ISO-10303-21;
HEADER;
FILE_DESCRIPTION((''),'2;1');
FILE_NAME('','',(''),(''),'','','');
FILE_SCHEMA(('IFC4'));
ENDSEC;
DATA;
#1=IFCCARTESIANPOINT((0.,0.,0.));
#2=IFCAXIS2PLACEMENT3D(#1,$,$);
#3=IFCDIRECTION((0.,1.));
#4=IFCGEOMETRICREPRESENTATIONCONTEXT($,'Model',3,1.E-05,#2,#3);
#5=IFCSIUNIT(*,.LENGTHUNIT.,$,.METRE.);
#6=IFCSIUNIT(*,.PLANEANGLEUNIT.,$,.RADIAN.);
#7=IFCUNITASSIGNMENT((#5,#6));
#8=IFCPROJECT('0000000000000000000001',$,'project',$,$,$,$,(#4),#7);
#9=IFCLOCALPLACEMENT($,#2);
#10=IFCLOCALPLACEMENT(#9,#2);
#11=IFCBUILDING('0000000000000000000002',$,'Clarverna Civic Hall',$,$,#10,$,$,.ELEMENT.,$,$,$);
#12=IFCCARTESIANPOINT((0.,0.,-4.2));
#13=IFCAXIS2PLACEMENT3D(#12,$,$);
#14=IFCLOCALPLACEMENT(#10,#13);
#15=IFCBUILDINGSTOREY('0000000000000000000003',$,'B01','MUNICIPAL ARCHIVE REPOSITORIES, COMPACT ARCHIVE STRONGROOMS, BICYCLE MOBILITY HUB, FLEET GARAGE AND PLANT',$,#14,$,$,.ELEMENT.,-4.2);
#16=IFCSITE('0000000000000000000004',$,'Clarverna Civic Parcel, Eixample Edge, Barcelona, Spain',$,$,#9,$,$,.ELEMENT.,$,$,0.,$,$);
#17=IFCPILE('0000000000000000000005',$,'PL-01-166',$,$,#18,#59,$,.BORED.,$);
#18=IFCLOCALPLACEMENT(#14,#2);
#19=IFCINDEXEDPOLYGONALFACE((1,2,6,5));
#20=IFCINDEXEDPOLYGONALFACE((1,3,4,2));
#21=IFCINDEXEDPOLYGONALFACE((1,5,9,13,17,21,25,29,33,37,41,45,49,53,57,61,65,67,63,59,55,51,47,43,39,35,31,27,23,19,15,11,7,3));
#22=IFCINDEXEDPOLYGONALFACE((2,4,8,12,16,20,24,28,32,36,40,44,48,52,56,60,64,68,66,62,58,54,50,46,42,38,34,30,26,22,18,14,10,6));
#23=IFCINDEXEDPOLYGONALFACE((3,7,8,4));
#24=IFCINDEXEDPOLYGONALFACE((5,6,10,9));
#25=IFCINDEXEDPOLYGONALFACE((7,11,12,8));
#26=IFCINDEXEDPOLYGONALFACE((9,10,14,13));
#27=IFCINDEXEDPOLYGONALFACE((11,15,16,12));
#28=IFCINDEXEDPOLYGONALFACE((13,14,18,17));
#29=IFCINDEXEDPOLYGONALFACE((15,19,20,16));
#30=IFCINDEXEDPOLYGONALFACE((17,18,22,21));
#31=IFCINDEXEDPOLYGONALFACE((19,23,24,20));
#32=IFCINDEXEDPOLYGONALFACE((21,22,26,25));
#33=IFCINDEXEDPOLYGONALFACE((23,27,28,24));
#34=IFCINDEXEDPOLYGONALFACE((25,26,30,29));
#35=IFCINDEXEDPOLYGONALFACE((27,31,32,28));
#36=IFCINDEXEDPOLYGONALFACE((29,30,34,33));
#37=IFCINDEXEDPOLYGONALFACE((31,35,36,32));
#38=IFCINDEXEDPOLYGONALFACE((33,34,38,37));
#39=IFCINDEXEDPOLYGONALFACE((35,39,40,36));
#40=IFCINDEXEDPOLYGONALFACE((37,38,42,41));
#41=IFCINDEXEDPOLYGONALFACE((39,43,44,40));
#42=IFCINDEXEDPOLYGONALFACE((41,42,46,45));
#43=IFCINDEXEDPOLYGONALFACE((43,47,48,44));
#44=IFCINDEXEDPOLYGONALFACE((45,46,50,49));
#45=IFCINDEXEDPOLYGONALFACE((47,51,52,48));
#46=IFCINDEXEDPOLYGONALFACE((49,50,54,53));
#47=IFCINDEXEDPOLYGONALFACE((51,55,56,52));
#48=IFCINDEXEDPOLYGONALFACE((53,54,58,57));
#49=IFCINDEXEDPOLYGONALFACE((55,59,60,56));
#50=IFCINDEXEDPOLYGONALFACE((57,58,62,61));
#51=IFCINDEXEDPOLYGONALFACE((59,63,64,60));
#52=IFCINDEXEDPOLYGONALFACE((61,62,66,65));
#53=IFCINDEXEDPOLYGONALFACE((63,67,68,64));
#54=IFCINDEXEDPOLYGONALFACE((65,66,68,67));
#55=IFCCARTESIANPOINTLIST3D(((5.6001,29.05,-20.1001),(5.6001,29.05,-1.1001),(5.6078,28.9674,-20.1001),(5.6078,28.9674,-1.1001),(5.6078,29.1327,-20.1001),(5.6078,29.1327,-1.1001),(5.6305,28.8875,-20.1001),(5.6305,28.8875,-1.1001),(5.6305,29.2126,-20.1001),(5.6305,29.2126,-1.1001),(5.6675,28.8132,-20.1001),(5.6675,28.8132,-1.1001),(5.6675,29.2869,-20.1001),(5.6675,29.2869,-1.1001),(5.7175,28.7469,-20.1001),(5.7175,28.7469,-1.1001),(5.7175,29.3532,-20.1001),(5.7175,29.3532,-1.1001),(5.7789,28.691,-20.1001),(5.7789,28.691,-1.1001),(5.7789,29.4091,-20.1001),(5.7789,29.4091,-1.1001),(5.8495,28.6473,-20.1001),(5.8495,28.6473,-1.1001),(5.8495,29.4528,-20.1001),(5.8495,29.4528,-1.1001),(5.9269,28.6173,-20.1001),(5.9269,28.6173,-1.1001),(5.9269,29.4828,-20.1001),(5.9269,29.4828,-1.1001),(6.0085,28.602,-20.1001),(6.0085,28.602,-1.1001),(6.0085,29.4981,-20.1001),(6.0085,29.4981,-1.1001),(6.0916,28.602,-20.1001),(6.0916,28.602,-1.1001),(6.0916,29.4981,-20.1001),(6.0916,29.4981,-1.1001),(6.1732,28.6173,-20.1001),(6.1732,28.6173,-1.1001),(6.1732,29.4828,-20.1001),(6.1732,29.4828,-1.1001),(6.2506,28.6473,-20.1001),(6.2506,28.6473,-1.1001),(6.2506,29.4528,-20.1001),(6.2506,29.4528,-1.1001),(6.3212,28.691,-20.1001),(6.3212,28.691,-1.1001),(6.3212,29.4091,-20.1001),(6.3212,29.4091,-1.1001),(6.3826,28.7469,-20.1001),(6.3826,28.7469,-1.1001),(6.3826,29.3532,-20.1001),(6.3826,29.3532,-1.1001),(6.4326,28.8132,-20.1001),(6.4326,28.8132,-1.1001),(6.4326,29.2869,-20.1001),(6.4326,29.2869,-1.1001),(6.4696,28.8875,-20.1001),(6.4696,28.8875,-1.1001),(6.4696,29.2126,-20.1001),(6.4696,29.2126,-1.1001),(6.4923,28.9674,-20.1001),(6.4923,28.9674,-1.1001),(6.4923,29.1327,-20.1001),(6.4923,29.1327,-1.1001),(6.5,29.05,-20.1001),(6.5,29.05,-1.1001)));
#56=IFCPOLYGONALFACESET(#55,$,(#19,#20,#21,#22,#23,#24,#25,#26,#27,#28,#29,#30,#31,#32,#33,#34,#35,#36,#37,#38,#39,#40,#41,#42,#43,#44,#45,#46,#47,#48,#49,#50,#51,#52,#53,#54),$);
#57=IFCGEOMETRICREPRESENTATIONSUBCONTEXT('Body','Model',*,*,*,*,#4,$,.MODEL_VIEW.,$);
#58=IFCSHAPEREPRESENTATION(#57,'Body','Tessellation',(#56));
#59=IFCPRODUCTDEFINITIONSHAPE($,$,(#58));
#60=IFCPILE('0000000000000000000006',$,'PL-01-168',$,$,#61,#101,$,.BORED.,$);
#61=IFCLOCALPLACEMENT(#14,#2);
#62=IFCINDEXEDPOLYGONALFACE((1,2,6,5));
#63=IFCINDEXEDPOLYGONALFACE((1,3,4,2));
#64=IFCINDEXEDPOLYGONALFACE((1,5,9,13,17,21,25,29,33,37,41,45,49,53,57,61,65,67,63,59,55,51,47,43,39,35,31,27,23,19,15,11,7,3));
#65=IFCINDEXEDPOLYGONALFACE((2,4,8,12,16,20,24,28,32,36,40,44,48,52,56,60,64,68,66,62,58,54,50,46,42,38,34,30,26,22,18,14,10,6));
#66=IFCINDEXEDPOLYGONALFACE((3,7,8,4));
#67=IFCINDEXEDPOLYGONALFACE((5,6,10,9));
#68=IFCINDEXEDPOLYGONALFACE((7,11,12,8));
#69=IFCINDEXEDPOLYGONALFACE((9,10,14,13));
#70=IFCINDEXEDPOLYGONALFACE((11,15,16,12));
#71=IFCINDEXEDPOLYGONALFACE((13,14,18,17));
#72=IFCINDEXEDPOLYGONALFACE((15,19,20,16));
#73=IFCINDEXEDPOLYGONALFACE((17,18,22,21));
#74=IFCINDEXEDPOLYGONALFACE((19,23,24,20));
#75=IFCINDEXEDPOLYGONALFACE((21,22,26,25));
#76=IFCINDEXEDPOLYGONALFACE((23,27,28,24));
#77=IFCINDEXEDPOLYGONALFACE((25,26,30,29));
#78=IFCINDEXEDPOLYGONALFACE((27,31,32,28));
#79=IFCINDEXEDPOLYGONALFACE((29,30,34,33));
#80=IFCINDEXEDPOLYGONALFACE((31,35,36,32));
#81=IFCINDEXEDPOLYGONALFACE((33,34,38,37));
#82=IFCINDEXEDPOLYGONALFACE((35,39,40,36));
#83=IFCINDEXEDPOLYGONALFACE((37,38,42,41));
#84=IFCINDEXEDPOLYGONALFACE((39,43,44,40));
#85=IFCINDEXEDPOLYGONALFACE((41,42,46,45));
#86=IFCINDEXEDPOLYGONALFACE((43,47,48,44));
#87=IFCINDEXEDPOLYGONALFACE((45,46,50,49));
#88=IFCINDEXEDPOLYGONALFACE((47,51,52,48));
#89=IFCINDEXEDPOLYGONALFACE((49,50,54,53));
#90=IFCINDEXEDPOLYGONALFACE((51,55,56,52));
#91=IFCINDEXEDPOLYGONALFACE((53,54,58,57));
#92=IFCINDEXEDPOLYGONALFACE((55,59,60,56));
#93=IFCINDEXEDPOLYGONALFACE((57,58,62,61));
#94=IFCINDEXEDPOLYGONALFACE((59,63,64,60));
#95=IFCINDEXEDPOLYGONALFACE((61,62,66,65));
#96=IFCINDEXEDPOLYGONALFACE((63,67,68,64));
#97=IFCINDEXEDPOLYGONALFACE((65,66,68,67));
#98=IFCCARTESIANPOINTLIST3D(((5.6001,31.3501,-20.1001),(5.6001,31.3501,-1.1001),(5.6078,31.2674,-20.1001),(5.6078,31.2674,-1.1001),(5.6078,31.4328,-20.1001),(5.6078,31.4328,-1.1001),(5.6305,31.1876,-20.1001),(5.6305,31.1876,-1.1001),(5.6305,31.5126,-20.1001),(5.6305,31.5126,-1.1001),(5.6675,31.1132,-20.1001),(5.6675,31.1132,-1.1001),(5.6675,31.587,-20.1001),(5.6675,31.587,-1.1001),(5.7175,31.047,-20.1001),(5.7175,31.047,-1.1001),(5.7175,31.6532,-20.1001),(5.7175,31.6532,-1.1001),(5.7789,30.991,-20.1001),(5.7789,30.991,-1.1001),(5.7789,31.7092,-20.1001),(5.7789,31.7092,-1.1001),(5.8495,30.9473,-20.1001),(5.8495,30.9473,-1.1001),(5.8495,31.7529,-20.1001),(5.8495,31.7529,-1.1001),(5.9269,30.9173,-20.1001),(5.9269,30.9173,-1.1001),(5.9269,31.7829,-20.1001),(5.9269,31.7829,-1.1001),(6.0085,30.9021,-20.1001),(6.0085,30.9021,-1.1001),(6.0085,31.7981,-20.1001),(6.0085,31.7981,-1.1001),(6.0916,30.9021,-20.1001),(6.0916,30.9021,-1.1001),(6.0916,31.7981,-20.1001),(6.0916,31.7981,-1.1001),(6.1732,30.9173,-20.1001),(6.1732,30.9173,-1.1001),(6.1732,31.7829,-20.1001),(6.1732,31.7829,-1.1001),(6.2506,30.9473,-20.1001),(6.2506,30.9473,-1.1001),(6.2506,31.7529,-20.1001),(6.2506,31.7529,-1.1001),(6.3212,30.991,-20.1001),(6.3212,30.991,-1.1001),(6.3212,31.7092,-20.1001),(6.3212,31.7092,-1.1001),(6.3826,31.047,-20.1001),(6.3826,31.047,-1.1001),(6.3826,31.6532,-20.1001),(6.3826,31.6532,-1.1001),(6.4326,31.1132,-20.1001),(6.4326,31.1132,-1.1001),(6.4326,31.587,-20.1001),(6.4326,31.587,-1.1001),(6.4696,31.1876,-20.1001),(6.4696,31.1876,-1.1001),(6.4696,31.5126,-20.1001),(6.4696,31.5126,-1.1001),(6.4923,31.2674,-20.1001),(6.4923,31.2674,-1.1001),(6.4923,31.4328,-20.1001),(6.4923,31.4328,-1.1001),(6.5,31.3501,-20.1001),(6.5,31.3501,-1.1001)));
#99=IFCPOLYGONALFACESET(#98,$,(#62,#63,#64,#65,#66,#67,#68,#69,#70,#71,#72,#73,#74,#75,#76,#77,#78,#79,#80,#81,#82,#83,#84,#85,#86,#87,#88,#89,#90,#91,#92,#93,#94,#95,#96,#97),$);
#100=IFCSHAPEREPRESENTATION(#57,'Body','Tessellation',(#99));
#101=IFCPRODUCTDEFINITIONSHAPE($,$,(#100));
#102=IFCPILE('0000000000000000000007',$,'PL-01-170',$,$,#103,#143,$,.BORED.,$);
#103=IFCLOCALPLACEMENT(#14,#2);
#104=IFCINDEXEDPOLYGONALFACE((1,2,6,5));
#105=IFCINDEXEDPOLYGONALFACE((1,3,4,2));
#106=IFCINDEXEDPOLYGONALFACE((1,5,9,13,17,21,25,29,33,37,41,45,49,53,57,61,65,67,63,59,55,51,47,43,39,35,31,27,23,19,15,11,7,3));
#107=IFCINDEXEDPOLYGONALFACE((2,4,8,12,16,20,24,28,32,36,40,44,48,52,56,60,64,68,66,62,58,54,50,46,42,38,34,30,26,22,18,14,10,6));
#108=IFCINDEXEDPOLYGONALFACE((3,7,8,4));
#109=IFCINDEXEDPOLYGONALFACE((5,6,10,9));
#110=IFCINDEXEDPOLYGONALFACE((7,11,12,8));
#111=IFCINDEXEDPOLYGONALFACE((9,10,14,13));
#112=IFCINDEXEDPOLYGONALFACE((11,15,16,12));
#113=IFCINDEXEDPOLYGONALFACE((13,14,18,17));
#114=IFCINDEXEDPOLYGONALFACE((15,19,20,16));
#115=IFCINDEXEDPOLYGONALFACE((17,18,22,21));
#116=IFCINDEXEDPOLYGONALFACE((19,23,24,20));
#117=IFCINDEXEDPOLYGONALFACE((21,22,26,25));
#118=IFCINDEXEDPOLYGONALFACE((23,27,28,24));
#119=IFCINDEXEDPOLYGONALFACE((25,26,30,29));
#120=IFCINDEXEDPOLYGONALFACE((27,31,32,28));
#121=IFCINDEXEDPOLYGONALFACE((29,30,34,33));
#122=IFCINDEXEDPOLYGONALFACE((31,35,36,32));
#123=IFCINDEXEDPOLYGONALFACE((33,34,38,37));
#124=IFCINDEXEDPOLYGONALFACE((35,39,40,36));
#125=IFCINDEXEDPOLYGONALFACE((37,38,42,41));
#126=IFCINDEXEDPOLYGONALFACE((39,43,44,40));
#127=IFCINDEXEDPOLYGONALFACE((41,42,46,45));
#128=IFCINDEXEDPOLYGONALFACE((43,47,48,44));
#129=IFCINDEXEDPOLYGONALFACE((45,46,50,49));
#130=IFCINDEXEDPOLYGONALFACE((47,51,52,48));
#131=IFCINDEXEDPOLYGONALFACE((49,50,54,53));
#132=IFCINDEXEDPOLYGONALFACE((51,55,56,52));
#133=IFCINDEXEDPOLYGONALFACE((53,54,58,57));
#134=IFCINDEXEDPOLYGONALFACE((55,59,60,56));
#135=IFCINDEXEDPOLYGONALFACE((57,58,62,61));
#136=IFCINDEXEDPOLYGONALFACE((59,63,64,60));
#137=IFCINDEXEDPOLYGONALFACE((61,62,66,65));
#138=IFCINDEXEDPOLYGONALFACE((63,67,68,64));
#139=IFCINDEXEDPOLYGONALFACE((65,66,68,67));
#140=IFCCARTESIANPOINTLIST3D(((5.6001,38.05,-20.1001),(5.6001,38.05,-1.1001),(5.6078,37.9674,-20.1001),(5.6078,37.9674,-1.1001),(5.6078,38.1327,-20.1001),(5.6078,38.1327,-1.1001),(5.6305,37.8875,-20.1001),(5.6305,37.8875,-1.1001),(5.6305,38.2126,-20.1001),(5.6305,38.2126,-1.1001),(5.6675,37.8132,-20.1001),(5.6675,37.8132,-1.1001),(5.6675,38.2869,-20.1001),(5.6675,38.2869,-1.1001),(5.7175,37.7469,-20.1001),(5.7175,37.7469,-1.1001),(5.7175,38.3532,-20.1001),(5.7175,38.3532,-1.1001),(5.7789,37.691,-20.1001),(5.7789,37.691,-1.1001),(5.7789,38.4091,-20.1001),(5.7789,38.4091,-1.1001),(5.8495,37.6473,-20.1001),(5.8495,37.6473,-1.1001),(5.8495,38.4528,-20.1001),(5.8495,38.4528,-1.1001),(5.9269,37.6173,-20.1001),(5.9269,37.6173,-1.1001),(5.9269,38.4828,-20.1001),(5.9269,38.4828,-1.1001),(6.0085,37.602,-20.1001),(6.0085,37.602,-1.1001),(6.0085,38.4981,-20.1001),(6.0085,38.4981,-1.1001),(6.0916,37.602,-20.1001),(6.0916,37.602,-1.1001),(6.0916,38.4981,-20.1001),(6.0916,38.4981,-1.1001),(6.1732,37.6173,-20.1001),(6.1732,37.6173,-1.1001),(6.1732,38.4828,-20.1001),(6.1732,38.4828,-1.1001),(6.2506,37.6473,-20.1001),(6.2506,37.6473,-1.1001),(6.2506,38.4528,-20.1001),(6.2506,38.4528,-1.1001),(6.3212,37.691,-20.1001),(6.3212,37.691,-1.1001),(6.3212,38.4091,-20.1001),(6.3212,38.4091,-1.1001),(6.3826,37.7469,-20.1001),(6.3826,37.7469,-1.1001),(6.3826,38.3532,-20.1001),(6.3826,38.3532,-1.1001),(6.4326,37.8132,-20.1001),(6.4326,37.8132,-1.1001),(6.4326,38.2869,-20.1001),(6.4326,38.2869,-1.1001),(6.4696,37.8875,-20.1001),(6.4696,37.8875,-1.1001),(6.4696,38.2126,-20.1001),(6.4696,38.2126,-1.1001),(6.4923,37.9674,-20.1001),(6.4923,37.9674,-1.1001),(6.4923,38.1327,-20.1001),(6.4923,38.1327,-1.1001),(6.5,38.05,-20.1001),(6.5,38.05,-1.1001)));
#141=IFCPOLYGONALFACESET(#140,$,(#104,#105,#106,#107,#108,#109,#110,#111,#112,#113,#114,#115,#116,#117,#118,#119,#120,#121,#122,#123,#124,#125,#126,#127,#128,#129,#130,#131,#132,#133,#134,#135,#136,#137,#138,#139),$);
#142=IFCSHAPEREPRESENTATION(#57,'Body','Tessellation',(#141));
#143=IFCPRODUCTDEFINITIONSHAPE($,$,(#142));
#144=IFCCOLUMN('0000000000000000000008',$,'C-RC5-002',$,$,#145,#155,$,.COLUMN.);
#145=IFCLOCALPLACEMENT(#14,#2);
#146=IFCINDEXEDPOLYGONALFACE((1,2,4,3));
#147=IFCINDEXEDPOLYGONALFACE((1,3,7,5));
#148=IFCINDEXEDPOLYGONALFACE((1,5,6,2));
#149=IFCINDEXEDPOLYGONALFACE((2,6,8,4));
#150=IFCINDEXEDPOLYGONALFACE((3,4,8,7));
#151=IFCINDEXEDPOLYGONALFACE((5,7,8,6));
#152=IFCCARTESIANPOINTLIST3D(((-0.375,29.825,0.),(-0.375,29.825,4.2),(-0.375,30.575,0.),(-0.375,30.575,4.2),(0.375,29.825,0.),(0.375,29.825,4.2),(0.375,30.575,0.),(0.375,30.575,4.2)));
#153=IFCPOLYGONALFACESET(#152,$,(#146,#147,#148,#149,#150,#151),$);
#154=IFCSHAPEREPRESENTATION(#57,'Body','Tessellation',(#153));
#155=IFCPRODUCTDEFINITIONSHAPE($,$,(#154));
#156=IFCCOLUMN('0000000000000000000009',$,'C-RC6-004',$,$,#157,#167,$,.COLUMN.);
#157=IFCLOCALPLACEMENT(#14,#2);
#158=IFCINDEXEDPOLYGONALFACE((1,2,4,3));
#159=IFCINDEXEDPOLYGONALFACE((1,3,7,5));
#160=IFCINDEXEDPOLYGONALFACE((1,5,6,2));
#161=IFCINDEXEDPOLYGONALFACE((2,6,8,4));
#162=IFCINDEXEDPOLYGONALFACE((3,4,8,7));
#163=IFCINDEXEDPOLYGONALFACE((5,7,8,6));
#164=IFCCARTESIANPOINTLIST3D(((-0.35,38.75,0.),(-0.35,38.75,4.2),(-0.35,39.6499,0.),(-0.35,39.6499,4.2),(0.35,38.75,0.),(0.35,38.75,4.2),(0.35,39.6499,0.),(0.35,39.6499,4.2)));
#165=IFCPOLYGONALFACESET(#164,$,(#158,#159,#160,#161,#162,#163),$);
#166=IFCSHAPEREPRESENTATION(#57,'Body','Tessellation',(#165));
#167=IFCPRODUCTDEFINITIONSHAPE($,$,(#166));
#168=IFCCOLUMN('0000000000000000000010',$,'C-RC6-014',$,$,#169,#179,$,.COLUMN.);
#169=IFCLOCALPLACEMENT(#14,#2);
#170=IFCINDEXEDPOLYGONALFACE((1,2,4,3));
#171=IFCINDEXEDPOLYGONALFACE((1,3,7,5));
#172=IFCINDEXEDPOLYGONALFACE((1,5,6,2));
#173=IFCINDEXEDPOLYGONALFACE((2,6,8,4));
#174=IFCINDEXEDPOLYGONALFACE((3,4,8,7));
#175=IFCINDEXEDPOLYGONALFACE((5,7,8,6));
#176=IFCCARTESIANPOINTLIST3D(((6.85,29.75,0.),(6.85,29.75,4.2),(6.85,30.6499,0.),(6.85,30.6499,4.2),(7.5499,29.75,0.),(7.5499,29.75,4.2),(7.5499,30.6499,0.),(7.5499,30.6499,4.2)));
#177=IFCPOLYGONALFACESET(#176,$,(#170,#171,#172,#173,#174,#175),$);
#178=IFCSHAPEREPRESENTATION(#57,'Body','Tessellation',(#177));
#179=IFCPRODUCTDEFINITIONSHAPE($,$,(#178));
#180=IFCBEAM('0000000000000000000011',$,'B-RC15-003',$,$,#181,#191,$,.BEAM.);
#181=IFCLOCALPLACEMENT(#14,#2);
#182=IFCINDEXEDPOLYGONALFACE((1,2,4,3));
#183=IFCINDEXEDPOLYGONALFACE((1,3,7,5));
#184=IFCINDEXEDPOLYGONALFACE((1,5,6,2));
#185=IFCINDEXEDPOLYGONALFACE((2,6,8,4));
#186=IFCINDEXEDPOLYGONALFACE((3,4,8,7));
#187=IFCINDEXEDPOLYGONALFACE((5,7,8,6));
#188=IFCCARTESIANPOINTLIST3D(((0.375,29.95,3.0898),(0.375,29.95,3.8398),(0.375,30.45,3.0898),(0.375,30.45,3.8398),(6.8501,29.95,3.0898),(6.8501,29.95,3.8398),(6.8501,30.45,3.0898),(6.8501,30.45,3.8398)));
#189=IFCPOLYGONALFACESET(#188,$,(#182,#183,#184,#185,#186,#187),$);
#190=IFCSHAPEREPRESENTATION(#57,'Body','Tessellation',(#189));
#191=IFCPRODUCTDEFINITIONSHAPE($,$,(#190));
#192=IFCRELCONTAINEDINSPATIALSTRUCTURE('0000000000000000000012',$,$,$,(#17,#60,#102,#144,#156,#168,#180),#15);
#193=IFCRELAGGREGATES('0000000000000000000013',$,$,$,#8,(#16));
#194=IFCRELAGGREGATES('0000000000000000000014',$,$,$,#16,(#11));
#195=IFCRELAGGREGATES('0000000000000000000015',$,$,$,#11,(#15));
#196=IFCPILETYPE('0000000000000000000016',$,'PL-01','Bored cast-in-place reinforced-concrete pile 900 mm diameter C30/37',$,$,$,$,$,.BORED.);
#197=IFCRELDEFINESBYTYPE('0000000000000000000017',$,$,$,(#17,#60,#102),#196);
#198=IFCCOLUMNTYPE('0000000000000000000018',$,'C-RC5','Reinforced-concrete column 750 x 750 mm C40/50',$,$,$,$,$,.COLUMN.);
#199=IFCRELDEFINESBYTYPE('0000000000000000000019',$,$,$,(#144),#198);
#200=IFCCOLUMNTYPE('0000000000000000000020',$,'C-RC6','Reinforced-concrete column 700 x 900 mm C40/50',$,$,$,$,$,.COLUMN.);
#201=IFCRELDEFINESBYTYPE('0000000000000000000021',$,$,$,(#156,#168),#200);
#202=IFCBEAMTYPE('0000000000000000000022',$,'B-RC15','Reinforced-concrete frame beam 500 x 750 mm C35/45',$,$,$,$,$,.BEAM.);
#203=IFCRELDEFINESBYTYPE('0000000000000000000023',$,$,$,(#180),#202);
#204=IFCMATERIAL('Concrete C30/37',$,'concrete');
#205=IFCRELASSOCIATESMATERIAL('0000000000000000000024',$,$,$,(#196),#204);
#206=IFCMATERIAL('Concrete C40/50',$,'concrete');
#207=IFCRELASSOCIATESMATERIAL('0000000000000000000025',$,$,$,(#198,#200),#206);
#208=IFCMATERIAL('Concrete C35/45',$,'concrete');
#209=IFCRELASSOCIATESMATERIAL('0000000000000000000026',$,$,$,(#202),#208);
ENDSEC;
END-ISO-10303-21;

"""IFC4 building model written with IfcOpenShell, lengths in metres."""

from ifc_helpers import new_model, si_unit, direction, frame, origin, origin_2d, place, context, subcontext, project, spatial, rectangle, circle, extrude, material, material_profile, profile_set, type_object, element, save


model = new_model("IFC4")

# Units and contexts
model_context = context("Model", 3, precision=1e-05, world=origin(), true_north=direction((0.0, 1.0)))
body_context = subcontext(model_context, "Body", "Model", "MODEL_VIEW")
ifc_project = project(units=[si_unit("LENGTHUNIT", "METRE"), si_unit("PLANEANGLEUNIT", "RADIAN")], contexts=[model_context])

# Site, building, storey
site_placement = place(None, origin())
site = spatial("IfcSite", under=ifc_project, at=site_placement, Name="Clarverna Civic Parcel, Eixample Edge, Barcelona, Spain", CompositionType="ELEMENT", RefElevation=0.0)
building_placement = place(site_placement, origin())
building = spatial("IfcBuilding", under=site, at=building_placement, Name="Clarverna Civic Hall", CompositionType="ELEMENT")
storey_placement = place(building_placement, frame((0.0, 0.0, -4.2)))
storey = spatial("IfcBuildingStorey", under=building, at=storey_placement, Name="B01", Description="MUNICIPAL ARCHIVE REPOSITORIES, COMPACT ARCHIVE STRONGROOMS, BICYCLE MOBILITY HUB, FLEET GARAGE AND PLANT", CompositionType="ELEMENT", Elevation=-4.2)

# Shared definitions
ifc_material_1 = material(Name="Concrete C30/37", Category="concrete")

# Piles
ifc_material_profile_1 = material_profile(ifc_material_1, circle(Radius=0.45, at=origin_2d()), Name="BORED PILE D900")
ifc_profile_set_1 = profile_set([ifc_material_profile_1], Name="Concrete C30/37")
pile_type = type_object("IfcPileType", Name="PL-01", Description="Bored cast-in-place reinforced-concrete pile 900 mm diameter C30/37", PredefinedType="BORED", material=ifc_profile_set_1)
for number, where, z_axis, x_axis, name in (
    (1, (6.05, 29.05, -1.1001), (0.0, 0.0, -1.0), (1.0, 0.0, 0.0), "PL-01-166"),
    (2, (6.05, 31.3501, -1.1001), (0.0, 0.0, -1.0), (1.0, 0.0, 0.0), "PL-01-168"),
    (3, (6.05, 38.05, -1.1001), (0.0, 0.0, -1.0), (1.0, 0.0, 0.0), "PL-01-170"),
):
    element("IfcPile", number, at=place(storey_placement, frame(where, z_axis=z_axis, x_axis=x_axis)), inside=storey, type_object=pile_type, Name=name, PredefinedType="BORED", context=body_context, shape_type="SweptSolid", body=[
        extrude(circle(Radius=0.45, at=origin_2d()), origin(), (0.0, 0.0, 1.0), 19.0),
    ])

# Columns
ifc_material_2 = material(Name="Concrete C40/50", Category="concrete")
ifc_material_profile_2 = material_profile(ifc_material_2, rectangle(XDim=0.75, YDim=0.75, at=origin_2d()), Name="RC 750x750")
ifc_profile_set_2 = profile_set([ifc_material_profile_2], Name="Concrete C40/50")
column_type_1 = type_object("IfcColumnType", Name="C-RC5", Description="Reinforced-concrete column 750 x 750 mm C40/50", PredefinedType="COLUMN", material=ifc_profile_set_2)
column_placement = place(storey_placement, frame((0.0, 30.2, 0.0), z_axis=(0.0, 0.0, 1.0), x_axis=(1.0, 0.0, 0.0)))
element("IfcColumn", 4, at=column_placement, inside=storey, type_object=column_type_1, Name="C-RC5-002", PredefinedType="COLUMN", context=body_context, shape_type="SweptSolid", body=[
    extrude(rectangle(XDim=0.75, YDim=0.75, at=origin_2d()), origin(), (0.0, 0.0, 1.0), 4.2),
])
ifc_material_profile_3 = material_profile(ifc_material_2, rectangle(XDim=0.7, YDim=0.8999, at=origin_2d()), Name="RC 700x900")
ifc_profile_set_3 = profile_set([ifc_material_profile_3], Name="Concrete C40/50")
column_type_2 = type_object("IfcColumnType", Name="C-RC6", Description="Reinforced-concrete column 700 x 900 mm C40/50", PredefinedType="COLUMN", material=ifc_profile_set_3)
for number, where, z_axis, x_axis, name in (
    (5, (0.0, 39.2, 0.0), (0.0, 0.0, 1.0), (1.0, 0.0, 0.0), "C-RC6-004"),
    (6, (7.2, 30.2, 0.0), (0.0, 0.0, 1.0), (1.0, 0.0, 0.0), "C-RC6-014"),
):
    element("IfcColumn", number, at=place(storey_placement, frame(where, z_axis=z_axis, x_axis=x_axis)), inside=storey, type_object=column_type_2, Name=name, PredefinedType="COLUMN", context=body_context, shape_type="SweptSolid", body=[
        extrude(rectangle(XDim=0.7, YDim=0.8999, at=origin_2d()), origin(), (0.0, 0.0, 1.0), 4.2),
    ])

# Beam
ifc_material_3 = material(Name="Concrete C35/45", Category="concrete")
ifc_material_profile_4 = material_profile(ifc_material_3, rectangle(XDim=0.5, YDim=0.75, at=origin_2d()), Name="RC 500x750")
ifc_profile_set_4 = profile_set([ifc_material_profile_4], Name="Concrete C35/45")
beam_type_1 = type_object("IfcBeamType", Name="B-RC15", Description="Reinforced-concrete frame beam 500 x 750 mm C35/45", PredefinedType="BEAM", material=ifc_profile_set_4)
beam_1_placement = place(storey_placement, frame((0.375, 30.2, 3.4648), z_axis=(1.0, 0.0, 0.0), x_axis=(0.0, 1.0, 0.0)))
element("IfcBeam", 7, at=beam_1_placement, inside=storey, type_object=beam_type_1, Name="B-RC15-003", PredefinedType="BEAM", context=body_context, shape_type="SweptSolid", body=[
    extrude(rectangle(XDim=0.5, YDim=0.75, at=origin_2d()), origin(), (0.0, 0.0, 1.0), 6.4751),
])

save(model, "model.ifc")
